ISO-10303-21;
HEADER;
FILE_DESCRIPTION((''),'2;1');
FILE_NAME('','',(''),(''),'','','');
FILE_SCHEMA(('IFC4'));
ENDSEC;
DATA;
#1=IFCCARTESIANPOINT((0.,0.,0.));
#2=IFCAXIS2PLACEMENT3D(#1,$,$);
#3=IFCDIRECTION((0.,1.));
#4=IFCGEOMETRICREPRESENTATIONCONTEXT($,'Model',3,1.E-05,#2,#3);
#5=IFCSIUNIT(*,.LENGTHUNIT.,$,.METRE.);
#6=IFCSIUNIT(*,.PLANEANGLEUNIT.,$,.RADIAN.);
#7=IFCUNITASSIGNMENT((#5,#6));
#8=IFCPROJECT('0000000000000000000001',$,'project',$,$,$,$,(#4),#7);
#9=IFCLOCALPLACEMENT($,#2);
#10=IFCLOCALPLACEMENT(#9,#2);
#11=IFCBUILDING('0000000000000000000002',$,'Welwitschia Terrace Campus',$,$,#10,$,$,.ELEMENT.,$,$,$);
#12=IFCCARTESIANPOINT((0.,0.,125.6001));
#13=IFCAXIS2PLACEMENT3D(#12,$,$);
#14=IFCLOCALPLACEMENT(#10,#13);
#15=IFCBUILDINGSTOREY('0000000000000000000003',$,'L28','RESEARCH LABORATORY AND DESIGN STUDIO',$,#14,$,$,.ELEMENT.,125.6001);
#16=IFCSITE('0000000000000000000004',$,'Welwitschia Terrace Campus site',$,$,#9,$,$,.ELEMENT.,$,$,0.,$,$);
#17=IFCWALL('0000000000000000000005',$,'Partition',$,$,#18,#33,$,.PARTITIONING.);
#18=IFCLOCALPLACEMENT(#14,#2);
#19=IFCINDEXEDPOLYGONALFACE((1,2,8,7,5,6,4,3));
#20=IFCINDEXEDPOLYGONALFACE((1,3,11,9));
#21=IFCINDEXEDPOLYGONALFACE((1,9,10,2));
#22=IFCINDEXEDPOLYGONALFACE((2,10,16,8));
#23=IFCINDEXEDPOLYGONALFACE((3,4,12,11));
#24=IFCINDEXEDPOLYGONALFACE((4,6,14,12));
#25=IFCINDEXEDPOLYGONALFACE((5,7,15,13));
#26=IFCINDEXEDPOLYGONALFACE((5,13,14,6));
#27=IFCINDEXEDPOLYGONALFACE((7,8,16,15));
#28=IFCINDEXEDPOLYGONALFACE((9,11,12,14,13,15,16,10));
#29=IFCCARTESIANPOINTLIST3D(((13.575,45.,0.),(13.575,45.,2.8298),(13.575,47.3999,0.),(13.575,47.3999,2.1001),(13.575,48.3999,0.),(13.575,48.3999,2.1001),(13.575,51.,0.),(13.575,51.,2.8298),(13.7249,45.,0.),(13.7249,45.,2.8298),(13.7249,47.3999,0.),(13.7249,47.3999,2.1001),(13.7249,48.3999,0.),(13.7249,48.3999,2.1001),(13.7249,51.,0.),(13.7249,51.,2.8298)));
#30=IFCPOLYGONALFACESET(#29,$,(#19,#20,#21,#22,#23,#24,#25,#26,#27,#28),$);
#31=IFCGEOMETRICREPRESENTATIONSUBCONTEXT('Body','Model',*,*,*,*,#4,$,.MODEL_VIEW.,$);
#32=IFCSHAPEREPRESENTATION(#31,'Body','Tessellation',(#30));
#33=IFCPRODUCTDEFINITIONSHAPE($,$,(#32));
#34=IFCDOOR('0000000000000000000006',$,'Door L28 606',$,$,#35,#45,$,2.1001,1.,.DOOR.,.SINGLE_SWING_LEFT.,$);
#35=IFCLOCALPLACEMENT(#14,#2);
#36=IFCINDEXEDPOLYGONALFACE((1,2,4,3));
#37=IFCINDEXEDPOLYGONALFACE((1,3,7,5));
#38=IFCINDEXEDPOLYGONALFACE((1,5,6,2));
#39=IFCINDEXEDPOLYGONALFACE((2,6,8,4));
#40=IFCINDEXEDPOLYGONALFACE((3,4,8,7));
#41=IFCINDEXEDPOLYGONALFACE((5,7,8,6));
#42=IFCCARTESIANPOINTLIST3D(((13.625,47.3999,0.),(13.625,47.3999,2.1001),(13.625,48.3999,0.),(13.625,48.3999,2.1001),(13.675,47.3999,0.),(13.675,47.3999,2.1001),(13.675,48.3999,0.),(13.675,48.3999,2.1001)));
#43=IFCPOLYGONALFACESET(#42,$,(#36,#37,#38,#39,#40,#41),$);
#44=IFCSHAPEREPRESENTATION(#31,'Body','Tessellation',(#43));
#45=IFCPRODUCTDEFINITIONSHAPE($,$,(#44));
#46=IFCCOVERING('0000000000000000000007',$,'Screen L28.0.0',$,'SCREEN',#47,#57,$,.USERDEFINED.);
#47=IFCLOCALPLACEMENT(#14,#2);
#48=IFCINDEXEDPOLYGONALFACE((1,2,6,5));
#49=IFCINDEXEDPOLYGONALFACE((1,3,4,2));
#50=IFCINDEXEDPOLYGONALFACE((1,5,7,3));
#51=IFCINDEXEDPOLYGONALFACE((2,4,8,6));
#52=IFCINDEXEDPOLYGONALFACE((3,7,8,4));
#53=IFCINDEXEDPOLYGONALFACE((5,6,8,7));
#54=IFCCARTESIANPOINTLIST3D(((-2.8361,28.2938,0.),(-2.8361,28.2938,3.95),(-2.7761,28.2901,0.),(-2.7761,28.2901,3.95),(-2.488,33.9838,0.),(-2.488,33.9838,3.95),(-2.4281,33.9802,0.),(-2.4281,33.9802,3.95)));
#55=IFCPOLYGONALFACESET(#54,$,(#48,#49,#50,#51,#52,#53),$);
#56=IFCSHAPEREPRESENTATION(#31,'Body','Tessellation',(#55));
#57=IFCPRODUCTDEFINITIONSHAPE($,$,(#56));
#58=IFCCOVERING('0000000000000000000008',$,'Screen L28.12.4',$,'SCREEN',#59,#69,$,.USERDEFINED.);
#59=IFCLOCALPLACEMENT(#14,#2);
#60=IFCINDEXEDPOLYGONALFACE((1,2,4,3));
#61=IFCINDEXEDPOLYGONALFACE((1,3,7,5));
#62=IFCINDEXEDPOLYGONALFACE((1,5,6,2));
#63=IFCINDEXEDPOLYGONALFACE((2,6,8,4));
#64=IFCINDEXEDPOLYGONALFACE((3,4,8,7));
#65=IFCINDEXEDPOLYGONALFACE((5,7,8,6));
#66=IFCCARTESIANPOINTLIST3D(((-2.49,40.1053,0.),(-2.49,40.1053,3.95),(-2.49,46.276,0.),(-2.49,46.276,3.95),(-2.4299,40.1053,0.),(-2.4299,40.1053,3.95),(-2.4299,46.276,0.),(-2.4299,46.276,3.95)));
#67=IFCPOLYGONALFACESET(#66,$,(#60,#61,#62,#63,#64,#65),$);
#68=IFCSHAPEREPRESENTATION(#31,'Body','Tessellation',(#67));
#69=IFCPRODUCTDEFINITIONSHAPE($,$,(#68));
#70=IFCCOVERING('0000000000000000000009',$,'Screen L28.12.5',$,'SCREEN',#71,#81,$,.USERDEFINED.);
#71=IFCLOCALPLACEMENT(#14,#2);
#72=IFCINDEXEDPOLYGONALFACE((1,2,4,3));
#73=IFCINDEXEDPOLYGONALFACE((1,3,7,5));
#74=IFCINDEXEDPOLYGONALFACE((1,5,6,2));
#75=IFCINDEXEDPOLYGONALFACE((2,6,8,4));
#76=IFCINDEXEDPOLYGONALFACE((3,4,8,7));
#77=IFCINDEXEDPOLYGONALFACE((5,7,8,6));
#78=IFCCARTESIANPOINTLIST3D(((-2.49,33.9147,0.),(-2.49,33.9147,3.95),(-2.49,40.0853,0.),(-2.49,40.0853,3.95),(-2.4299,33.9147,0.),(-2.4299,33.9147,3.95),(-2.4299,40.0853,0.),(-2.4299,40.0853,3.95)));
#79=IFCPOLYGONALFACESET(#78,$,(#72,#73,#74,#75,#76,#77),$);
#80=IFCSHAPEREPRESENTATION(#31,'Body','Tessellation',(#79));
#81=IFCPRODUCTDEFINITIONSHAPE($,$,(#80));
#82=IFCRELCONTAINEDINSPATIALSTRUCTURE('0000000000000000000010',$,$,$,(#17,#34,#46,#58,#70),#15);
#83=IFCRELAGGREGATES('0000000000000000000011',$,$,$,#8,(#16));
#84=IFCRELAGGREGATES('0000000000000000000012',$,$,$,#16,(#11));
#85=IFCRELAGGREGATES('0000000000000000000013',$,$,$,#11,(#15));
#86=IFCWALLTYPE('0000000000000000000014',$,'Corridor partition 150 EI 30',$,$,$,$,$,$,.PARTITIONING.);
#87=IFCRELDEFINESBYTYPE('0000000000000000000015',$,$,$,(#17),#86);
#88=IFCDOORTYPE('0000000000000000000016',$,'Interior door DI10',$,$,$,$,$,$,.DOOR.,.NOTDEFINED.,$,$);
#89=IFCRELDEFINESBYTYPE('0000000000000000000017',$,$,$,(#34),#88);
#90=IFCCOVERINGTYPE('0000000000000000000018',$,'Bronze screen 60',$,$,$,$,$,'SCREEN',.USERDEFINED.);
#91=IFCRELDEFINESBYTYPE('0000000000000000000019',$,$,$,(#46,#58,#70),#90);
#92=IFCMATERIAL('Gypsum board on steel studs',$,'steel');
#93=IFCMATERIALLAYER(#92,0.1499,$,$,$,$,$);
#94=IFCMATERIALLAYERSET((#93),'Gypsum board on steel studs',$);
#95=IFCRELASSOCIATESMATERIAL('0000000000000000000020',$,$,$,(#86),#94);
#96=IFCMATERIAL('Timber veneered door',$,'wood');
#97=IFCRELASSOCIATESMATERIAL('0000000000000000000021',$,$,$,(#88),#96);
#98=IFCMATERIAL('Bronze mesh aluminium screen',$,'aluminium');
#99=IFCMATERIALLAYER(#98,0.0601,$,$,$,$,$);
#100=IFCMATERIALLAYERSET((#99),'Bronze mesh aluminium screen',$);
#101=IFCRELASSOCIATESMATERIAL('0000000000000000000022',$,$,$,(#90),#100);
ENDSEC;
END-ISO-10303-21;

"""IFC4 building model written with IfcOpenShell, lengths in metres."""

from ifc_helpers import new_model, si_unit, direction, frame, frame_2d, origin, origin_2d, place, context, subcontext, project, spatial, rectangle, extrude, material, layer, layer_set, type_object, element, fill, save


model = new_model("IFC4")

# Units and contexts
model_context = context("Model", 3, precision=1e-05, world=origin(), true_north=direction((0.0, 1.0)))
body_context = subcontext(model_context, "Body", "Model", "MODEL_VIEW")
ifc_project = project(units=[si_unit("LENGTHUNIT", "METRE"), si_unit("PLANEANGLEUNIT", "RADIAN")], contexts=[model_context])

# Site, building, storey
site_placement = place(None, origin())
site = spatial("IfcSite", under=ifc_project, at=site_placement, Name="Welwitschia Terrace Campus site", CompositionType="ELEMENT", RefElevation=0.0)
building_placement = place(site_placement, origin())
building = spatial("IfcBuilding", under=site, at=building_placement, Name="Welwitschia Terrace Campus", CompositionType="ELEMENT")
storey_placement = place(building_placement, frame((0.0, 0.0, 125.6001)))
storey = spatial("IfcBuildingStorey", under=building, at=storey_placement, Name="L28", Description="RESEARCH LABORATORY AND DESIGN STUDIO", CompositionType="ELEMENT", Elevation=125.6001)

# Shared definitions
ifc_material_1 = material(Name="Gypsum board on steel studs", Category="steel")
ifc_layer_1 = layer(ifc_material_1, 0.1499)
ifc_layer_set_1 = layer_set([ifc_layer_1], Name="Gypsum board on steel studs")
wall_type = type_object("IfcWallType", Name="Corridor partition 150 EI 30", PredefinedType="PARTITIONING", material=ifc_layer_set_1)

# Wall, opening, door
ifc_material_2 = material(Name="Timber veneered door", Category="wood")
door_type_1 = type_object("IfcDoorType", Name="Interior door DI10", OperationType="NOTDEFINED", PredefinedType="DOOR", material=ifc_material_2)
wall_1_placement = place(storey_placement, frame((13.6499, 45.0, 0.0), z_axis=(0.0, 0.0, 1.0), x_axis=(0.0, 1.0, 0.0)))
wall_1 = element("IfcWall", 1, at=wall_1_placement, inside=storey, type_object=wall_type, Name="Partition", PredefinedType="PARTITIONING", context=body_context, shape_type="SweptSolid", body=[
    extrude(rectangle(XDim=6.0, YDim=0.1499, at=frame_2d((3.0, 0.0))), origin(), (0.0, 0.0, 1.0), 2.8298),
])
opening_1_placement = place(wall_1_placement, frame((2.3999, 0.0, 0.0)))
opening_1 = element("IfcOpeningElement", 2, at=opening_1_placement, cuts=wall_1, PredefinedType="OPENING", context=body_context, shape_type="SweptSolid", body=[
    extrude(rectangle(XDim=1.0, YDim=2.1001, at=frame_2d((0.5, 1.05))), frame((0.0, 0.085, 0.0), z_axis=(0.0, -1.0, 0.0), x_axis=(1.0, 0.0, 0.0)), (0.0, 0.0, 1.0), 0.1699),
])
door_1_placement = place(opening_1_placement, origin())
door_1 = element("IfcDoor", 3, at=door_1_placement, inside=storey, type_object=door_type_1, Name="Door L28 606", OperationType="SINGLE_SWING_LEFT", OverallHeight=2.1001, OverallWidth=1.0, PredefinedType="DOOR", context=body_context, shape_type="SweptSolid", body=[
    extrude(rectangle(XDim=1.0, YDim=2.1001, at=frame_2d((0.5, 1.05))), frame((0.0, 0.0249, 0.0), z_axis=(0.0, -1.0, 0.0), x_axis=(1.0, 0.0, 0.0)), (0.0, 0.0, 1.0), 0.05),
])
fill(opening_1, door_1)

# Coverings
ifc_material_3 = material(Name="Bronze mesh aluminium screen", Category="aluminium")
ifc_layer_2 = layer(ifc_material_3, 0.0601)
ifc_layer_set_2 = layer_set([ifc_layer_2], Name="Bronze mesh aluminium screen")
covering_type = type_object("IfcCoveringType", Name="Bronze screen 60", ElementType="SCREEN", PredefinedType="USERDEFINED", material=ifc_layer_set_2)
covering_placement = place(storey_placement, frame((-2.6321, 31.137, 0.0), z_axis=(0.0, 0.0, 1.0), x_axis=(-0.061049, -0.998135, 0.0)))
element("IfcCovering", 4, at=covering_placement, inside=storey, type_object=covering_type, Name="Screen L28.0.0", ObjectType="SCREEN", PredefinedType="USERDEFINED", context=body_context, shape_type="SweptSolid", body=[
    extrude(rectangle(XDim=5.7007, YDim=0.0601, at=origin_2d()), origin(), (0.0, 0.0, 1.0), 3.95),
])
for number, where, z_axis, x_axis, name in (
    (5, (-2.46, 43.1907, 0.0), (0.0, 0.0, 1.0), (0.0, -1.0, 0.0), "Screen L28.12.4"),
    (6, (-2.46, 37.0, 0.0), (0.0, 0.0, 1.0), (0.0, -1.0, 0.0), "Screen L28.12.5"),
):
    element("IfcCovering", number, at=place(storey_placement, frame(where, z_axis=z_axis, x_axis=x_axis)), inside=storey, type_object=covering_type, Name=name, ObjectType="SCREEN", PredefinedType="USERDEFINED", context=body_context, shape_type="SweptSolid", body=[
        extrude(rectangle(XDim=6.1707, YDim=0.0601, at=origin_2d()), origin(), (0.0, 0.0, 1.0), 3.95),
    ])

save(model, "model.ifc")
